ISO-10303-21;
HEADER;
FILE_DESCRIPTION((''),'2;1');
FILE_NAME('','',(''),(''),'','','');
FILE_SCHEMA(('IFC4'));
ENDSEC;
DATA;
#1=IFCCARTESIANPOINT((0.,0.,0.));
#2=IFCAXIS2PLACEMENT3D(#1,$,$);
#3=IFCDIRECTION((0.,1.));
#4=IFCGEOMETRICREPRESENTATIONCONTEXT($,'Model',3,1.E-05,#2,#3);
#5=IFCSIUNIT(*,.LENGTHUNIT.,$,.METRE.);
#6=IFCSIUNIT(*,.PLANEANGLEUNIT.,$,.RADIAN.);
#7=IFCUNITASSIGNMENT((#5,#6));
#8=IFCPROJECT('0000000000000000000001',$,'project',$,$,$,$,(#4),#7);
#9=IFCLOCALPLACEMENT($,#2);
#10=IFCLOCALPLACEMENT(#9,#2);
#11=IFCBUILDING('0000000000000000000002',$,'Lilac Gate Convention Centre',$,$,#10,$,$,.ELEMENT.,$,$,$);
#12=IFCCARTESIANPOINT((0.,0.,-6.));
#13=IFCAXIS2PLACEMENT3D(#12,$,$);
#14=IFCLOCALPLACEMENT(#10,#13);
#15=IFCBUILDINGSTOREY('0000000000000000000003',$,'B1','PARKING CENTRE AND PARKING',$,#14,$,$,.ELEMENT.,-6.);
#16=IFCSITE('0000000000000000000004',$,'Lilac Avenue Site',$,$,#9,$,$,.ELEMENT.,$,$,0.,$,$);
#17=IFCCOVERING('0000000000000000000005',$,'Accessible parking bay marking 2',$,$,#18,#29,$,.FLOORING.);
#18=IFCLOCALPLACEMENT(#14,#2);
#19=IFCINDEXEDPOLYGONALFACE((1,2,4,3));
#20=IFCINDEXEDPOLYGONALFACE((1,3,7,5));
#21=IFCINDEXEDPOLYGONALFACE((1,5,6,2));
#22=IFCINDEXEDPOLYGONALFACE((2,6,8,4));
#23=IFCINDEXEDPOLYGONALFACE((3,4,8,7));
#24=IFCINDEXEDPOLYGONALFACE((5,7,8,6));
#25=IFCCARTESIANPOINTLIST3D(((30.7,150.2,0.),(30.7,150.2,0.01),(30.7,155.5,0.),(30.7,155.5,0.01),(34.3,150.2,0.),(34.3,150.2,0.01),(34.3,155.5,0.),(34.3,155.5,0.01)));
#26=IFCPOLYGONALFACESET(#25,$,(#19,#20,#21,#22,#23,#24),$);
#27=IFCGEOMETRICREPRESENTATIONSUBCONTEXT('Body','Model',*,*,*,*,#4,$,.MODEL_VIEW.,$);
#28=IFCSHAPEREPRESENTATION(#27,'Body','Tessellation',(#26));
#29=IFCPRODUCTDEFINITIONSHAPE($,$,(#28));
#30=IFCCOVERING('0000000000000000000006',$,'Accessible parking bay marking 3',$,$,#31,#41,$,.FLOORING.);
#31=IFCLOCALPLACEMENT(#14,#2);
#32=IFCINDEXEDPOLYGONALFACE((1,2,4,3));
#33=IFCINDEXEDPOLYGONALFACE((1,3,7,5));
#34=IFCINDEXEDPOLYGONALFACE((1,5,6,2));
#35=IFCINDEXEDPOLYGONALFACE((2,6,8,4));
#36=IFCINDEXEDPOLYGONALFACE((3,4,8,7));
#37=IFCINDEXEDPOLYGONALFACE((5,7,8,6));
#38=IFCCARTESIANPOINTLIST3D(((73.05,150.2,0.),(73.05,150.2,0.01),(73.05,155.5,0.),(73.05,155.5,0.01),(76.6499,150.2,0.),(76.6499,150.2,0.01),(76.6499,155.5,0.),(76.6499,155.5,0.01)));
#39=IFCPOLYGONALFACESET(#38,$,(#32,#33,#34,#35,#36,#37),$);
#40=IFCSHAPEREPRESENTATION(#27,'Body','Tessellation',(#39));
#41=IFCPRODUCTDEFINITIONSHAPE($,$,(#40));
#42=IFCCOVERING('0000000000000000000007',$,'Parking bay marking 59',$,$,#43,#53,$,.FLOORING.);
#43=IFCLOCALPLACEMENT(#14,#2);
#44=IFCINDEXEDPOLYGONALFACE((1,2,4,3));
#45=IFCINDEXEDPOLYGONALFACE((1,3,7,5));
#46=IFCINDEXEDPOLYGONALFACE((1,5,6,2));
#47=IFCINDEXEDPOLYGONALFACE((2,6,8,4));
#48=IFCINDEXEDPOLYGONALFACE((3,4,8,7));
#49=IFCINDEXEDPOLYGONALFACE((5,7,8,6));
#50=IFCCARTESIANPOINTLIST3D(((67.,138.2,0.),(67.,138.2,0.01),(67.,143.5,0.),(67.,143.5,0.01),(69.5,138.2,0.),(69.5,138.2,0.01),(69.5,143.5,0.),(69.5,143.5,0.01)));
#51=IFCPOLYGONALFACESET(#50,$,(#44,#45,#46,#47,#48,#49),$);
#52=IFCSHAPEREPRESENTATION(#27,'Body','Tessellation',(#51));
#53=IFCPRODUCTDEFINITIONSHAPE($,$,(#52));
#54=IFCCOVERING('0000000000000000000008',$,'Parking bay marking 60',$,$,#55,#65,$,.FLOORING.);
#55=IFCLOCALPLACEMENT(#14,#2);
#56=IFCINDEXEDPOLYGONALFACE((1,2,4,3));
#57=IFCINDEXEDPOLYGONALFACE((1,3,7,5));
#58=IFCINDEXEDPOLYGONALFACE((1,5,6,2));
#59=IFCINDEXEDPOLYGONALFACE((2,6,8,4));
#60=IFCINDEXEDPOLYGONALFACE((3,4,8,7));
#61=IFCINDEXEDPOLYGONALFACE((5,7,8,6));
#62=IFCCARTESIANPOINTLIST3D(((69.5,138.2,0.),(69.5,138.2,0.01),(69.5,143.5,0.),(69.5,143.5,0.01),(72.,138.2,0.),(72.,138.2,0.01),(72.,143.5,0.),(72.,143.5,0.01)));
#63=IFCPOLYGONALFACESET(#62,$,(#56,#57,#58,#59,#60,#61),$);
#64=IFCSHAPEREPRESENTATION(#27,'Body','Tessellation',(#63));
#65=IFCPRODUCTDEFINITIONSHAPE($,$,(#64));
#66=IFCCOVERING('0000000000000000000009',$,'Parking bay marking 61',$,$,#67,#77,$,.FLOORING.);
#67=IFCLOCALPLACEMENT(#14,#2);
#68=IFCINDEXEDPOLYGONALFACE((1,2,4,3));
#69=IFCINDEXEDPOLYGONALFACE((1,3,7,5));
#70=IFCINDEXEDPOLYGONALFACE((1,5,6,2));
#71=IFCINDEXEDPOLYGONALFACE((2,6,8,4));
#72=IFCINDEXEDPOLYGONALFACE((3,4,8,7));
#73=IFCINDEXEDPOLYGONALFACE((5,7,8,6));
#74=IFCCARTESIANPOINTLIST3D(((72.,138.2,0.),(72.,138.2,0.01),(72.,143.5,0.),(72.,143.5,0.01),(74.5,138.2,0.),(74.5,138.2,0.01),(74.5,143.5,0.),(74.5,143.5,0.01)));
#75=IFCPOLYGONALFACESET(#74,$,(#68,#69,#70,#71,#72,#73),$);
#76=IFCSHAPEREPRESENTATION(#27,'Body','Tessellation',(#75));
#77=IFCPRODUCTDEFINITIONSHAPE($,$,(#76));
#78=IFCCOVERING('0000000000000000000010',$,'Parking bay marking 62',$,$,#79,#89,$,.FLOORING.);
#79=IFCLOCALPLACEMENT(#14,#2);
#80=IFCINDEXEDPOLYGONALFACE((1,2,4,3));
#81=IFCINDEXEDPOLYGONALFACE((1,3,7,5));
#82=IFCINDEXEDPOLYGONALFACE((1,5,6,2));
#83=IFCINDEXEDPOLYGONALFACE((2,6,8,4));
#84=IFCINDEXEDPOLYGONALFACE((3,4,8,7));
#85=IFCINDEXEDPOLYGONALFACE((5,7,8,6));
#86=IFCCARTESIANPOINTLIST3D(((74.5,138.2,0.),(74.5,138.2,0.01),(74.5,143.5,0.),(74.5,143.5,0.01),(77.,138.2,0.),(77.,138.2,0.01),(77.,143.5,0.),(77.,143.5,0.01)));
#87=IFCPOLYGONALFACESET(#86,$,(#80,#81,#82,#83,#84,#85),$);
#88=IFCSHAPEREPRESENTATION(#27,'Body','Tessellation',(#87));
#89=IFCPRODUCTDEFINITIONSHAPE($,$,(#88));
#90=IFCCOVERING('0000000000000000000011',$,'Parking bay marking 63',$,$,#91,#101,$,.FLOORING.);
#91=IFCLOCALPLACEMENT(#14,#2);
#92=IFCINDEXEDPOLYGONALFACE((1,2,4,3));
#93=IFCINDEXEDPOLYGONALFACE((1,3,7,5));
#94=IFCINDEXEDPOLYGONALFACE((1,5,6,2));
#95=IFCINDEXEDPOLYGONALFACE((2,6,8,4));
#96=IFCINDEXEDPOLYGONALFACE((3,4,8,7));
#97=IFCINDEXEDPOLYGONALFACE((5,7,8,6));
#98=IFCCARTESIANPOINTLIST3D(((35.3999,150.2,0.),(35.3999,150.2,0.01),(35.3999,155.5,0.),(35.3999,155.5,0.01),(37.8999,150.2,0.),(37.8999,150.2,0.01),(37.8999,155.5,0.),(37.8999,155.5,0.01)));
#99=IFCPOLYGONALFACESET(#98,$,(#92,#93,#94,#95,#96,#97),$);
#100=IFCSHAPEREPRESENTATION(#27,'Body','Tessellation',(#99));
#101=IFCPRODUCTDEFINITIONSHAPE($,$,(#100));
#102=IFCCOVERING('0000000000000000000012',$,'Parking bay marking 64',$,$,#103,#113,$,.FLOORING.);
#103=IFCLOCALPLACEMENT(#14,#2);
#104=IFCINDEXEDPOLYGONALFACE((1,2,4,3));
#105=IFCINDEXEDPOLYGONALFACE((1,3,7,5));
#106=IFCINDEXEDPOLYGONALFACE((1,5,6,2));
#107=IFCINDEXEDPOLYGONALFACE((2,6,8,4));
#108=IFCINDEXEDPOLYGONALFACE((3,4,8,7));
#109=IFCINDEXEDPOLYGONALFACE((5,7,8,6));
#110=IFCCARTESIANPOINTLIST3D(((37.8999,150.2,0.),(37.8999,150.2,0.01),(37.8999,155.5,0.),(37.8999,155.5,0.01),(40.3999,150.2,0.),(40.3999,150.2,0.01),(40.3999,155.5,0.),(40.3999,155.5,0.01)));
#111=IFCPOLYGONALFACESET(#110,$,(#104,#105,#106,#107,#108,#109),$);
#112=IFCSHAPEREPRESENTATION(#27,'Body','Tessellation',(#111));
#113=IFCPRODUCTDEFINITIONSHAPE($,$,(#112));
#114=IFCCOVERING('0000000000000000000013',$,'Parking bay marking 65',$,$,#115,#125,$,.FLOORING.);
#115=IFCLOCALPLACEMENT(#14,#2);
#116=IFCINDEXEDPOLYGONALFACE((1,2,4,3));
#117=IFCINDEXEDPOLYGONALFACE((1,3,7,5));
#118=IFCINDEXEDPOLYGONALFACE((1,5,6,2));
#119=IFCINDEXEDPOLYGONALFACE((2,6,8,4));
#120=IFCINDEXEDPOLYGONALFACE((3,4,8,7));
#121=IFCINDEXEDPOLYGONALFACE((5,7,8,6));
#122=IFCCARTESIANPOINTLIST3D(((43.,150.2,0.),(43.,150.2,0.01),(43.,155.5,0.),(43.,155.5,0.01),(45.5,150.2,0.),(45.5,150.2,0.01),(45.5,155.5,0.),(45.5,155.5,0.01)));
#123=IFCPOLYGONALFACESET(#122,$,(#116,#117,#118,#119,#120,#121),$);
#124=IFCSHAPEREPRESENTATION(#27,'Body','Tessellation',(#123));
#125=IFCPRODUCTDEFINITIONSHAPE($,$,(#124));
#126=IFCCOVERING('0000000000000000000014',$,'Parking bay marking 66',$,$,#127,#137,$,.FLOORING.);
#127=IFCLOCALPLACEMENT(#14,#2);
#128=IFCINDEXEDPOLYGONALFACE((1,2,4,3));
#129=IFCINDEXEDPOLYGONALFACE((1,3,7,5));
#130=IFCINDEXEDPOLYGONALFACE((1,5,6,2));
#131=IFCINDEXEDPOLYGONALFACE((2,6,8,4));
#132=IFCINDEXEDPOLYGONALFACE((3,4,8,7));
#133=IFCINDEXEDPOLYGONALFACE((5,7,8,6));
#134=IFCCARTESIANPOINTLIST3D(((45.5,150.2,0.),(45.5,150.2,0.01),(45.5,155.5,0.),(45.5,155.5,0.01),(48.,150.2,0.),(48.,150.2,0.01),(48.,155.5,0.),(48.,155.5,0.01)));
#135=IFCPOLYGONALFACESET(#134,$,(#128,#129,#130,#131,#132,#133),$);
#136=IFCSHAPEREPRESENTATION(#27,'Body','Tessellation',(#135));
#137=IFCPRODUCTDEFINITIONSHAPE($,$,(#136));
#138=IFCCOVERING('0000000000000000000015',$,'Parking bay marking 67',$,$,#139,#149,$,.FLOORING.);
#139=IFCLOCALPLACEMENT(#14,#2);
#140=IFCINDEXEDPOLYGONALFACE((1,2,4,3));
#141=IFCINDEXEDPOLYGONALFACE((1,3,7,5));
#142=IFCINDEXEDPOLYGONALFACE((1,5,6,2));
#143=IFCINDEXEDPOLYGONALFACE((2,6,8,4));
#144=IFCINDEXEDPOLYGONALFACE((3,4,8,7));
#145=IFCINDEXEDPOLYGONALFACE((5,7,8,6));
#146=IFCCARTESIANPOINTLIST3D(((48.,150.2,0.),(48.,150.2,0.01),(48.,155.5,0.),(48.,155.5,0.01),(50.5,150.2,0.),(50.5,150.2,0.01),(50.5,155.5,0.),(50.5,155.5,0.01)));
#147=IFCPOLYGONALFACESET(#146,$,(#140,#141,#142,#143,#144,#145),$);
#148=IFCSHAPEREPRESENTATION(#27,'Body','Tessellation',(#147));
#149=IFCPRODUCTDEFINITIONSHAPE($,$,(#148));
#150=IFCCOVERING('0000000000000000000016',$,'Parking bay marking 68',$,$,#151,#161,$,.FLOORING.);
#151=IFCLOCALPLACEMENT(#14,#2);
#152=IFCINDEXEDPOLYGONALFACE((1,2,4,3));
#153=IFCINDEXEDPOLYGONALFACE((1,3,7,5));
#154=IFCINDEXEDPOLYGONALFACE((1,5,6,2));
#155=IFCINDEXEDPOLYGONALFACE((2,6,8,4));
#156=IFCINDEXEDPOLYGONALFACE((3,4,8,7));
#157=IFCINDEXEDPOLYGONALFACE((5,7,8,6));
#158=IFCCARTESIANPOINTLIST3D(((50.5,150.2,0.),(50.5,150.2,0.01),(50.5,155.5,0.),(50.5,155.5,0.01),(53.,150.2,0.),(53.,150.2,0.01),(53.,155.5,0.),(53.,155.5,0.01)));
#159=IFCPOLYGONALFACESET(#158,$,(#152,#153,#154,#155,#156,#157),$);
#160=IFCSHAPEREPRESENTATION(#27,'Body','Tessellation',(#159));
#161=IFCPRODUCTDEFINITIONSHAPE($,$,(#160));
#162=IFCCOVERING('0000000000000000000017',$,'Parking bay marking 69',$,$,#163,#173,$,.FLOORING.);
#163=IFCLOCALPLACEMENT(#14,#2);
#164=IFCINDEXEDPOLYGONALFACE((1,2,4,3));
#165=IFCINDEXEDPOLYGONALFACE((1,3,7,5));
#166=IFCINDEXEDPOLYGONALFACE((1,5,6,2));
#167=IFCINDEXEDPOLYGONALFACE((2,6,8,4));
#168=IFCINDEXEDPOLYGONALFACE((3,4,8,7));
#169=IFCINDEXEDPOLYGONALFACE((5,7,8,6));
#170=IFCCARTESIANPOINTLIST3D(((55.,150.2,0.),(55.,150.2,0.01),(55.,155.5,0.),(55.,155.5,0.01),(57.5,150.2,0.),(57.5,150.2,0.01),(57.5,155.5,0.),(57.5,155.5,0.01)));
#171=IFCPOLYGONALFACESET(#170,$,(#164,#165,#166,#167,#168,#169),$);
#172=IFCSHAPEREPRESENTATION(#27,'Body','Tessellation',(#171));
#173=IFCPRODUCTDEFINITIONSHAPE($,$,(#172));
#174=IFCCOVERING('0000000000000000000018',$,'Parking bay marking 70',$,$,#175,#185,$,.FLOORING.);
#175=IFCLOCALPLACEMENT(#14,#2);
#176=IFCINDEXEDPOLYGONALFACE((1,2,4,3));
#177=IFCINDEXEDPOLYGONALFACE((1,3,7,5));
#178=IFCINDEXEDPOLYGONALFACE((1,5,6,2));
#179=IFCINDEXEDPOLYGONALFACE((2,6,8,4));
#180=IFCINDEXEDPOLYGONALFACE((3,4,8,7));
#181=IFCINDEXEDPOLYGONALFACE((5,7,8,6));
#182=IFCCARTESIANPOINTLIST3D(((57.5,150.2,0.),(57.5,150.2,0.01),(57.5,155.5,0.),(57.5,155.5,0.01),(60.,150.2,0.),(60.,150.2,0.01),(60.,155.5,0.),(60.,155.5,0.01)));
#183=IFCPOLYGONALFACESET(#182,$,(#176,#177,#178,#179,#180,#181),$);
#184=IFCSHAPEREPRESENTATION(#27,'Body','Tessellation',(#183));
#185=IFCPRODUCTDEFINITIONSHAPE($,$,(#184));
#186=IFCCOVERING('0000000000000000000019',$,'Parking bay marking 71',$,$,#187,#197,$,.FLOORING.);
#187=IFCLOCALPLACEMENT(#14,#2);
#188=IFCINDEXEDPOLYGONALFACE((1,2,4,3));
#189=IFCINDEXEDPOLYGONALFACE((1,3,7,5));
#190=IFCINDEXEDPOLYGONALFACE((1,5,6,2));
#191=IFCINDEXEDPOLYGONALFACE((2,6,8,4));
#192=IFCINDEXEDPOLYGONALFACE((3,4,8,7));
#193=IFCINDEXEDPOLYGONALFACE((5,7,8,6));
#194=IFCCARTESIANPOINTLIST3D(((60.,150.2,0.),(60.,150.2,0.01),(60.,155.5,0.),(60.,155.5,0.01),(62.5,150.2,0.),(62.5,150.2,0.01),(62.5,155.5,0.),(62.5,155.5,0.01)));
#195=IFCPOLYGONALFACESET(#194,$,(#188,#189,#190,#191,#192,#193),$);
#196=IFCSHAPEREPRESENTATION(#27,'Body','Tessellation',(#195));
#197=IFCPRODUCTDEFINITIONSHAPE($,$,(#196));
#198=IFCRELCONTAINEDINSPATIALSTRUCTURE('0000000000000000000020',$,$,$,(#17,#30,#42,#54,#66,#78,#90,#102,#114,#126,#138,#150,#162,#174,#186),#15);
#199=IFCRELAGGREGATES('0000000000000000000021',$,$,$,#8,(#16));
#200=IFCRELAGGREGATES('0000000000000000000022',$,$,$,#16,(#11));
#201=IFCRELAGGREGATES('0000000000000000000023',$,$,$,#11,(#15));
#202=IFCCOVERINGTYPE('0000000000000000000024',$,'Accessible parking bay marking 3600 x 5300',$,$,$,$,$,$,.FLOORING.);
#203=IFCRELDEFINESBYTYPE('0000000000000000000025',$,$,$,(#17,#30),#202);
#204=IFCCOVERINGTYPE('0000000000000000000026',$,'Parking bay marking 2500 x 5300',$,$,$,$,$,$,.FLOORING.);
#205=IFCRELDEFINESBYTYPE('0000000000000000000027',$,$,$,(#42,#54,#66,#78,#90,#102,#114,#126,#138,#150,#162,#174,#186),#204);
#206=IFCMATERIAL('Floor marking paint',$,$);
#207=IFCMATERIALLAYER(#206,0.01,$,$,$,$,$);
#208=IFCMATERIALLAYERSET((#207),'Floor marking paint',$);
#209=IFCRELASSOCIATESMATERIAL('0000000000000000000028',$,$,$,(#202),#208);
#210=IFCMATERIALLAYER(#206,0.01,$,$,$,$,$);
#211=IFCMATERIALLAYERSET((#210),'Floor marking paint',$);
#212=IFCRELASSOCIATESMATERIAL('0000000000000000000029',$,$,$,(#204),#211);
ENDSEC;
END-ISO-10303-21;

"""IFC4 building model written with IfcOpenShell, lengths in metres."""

from ifc_helpers import new_model, si_unit, direction, frame, origin, place, context, subcontext, project, spatial, polyline, outline, extrude, material, layer, layer_set, type_object, element, save


model = new_model("IFC4")

# Units and contexts
model_context = context("Model", 3, precision=1e-05, world=origin(), true_north=direction((0.0, 1.0)))
body_context = subcontext(model_context, "Body", "Model", "MODEL_VIEW")
ifc_project = project(units=[si_unit("LENGTHUNIT", "METRE"), si_unit("PLANEANGLEUNIT", "RADIAN")], contexts=[model_context])

# Site, building, storey
site_placement = place(None, origin())
site = spatial("IfcSite", under=ifc_project, at=site_placement, Name="Lilac Avenue Site", CompositionType="ELEMENT", RefElevation=0.0)
building_placement = place(site_placement, origin())
building = spatial("IfcBuilding", under=site, at=building_placement, Name="Lilac Gate Convention Centre", CompositionType="ELEMENT")
storey_placement = place(building_placement, frame((0.0, 0.0, -6.0)))
storey = spatial("IfcBuildingStorey", under=building, at=storey_placement, Name="B1", Description="PARKING CENTRE AND PARKING", CompositionType="ELEMENT", Elevation=-6.0)

# Coverings
ifc_material = material(Name="Floor marking paint")
ifc_layer_1 = layer(ifc_material, 0.01)
ifc_layer_set_1 = layer_set([ifc_layer_1], Name="Floor marking paint")
covering_type_1 = type_object("IfcCoveringType", Name="Accessible parking bay marking 3600 x 5300", PredefinedType="FLOORING", material=ifc_layer_set_1)
covering_1_placement = place(storey_placement, origin())
element("IfcCovering", 1, at=covering_1_placement, inside=storey, type_object=covering_type_1, Name="Accessible parking bay marking 2", PredefinedType="FLOORING", context=body_context, shape_type="SweptSolid", body=[
    extrude(outline(polyline([(30.7, 150.2), (34.3, 150.2), (34.3, 155.5), (30.7, 155.5), (30.7, 150.2)])), origin(), (0.0, 0.0, 1.0), 0.01),
])
covering_2_placement = place(storey_placement, origin())
element("IfcCovering", 2, at=covering_2_placement, inside=storey, type_object=covering_type_1, Name="Accessible parking bay marking 3", PredefinedType="FLOORING", context=body_context, shape_type="SweptSolid", body=[
    extrude(outline(polyline([(73.05, 150.2), (76.6499, 150.2), (76.6499, 155.5), (73.05, 155.5), (73.05, 150.2)])), origin(), (0.0, 0.0, 1.0), 0.01),
])
ifc_layer_2 = layer(ifc_material, 0.01)
ifc_layer_set_2 = layer_set([ifc_layer_2], Name="Floor marking paint")
covering_type_2 = type_object("IfcCoveringType", Name="Parking bay marking 2500 x 5300", PredefinedType="FLOORING", material=ifc_layer_set_2)
covering_3_placement = place(storey_placement, origin())
element("IfcCovering", 3, at=covering_3_placement, inside=storey, type_object=covering_type_2, Name="Parking bay marking 59", PredefinedType="FLOORING", context=body_context, shape_type="SweptSolid", body=[
    extrude(outline(polyline([(67.0, 138.2), (69.5, 138.2), (69.5, 143.5), (67.0, 143.5), (67.0, 138.2)])), origin(), (0.0, 0.0, 1.0), 0.01),
])
covering_4_placement = place(storey_placement, origin())
element("IfcCovering", 4, at=covering_4_placement, inside=storey, type_object=covering_type_2, Name="Parking bay marking 60", PredefinedType="FLOORING", context=body_context, shape_type="SweptSolid", body=[
    extrude(outline(polyline([(69.5, 138.2), (72.0, 138.2), (72.0, 143.5), (69.5, 143.5), (69.5, 138.2)])), origin(), (0.0, 0.0, 1.0), 0.01),
])
covering_5_placement = place(storey_placement, origin())
element("IfcCovering", 5, at=covering_5_placement, inside=storey, type_object=covering_type_2, Name="Parking bay marking 61", PredefinedType="FLOORING", context=body_context, shape_type="SweptSolid", body=[
    extrude(outline(polyline([(72.0, 138.2), (74.5, 138.2), (74.5, 143.5), (72.0, 143.5), (72.0, 138.2)])), origin(), (0.0, 0.0, 1.0), 0.01),
])
covering_6_placement = place(storey_placement, origin())
element("IfcCovering", 6, at=covering_6_placement, inside=storey, type_object=covering_type_2, Name="Parking bay marking 62", PredefinedType="FLOORING", context=body_context, shape_type="SweptSolid", body=[
    extrude(outline(polyline([(74.5, 138.2), (77.0, 138.2), (77.0, 143.5), (74.5, 143.5), (74.5, 138.2)])), origin(), (0.0, 0.0, 1.0), 0.01),
])
covering_7_placement = place(storey_placement, origin())
element("IfcCovering", 7, at=covering_7_placement, inside=storey, type_object=covering_type_2, Name="Parking bay marking 63", PredefinedType="FLOORING", context=body_context, shape_type="SweptSolid", body=[
    extrude(outline(polyline([(35.3999, 150.2), (37.8999, 150.2), (37.8999, 155.5), (35.3999, 155.5), (35.3999, 150.2)])), origin(), (0.0, 0.0, 1.0), 0.01),
])
covering_8_placement = place(storey_placement, origin())
element("IfcCovering", 8, at=covering_8_placement, inside=storey, type_object=covering_type_2, Name="Parking bay marking 64", PredefinedType="FLOORING", context=body_context, shape_type="SweptSolid", body=[
    extrude(outline(polyline([(37.8999, 150.2), (40.3999, 150.2), (40.3999, 155.5), (37.8999, 155.5), (37.8999, 150.2)])), origin(), (0.0, 0.0, 1.0), 0.01),
])
covering_9_placement = place(storey_placement, origin())
element("IfcCovering", 9, at=covering_9_placement, inside=storey, type_object=covering_type_2, Name="Parking bay marking 65", PredefinedType="FLOORING", context=body_context, shape_type="SweptSolid", body=[
    extrude(outline(polyline([(43.0, 150.2), (45.5, 150.2), (45.5, 155.5), (43.0, 155.5), (43.0, 150.2)])), origin(), (0.0, 0.0, 1.0), 0.01),
])
covering_10_placement = place(storey_placement, origin())
element("IfcCovering", 10, at=covering_10_placement, inside=storey, type_object=covering_type_2, Name="Parking bay marking 66", PredefinedType="FLOORING", context=body_context, shape_type="SweptSolid", body=[
    extrude(outline(polyline([(45.5, 150.2), (48.0, 150.2), (48.0, 155.5), (45.5, 155.5), (45.5, 150.2)])), origin(), (0.0, 0.0, 1.0), 0.01),
])
covering_11_placement = place(storey_placement, origin())
element("IfcCovering", 11, at=covering_11_placement, inside=storey, type_object=covering_type_2, Name="Parking bay marking 67", PredefinedType="FLOORING", context=body_context, shape_type="SweptSolid", body=[
    extrude(outline(polyline([(48.0, 150.2), (50.5, 150.2), (50.5, 155.5), (48.0, 155.5), (48.0, 150.2)])), origin(), (0.0, 0.0, 1.0), 0.01),
])
covering_12_placement = place(storey_placement, origin())
element("IfcCovering", 12, at=covering_12_placement, inside=storey, type_object=covering_type_2, Name="Parking bay marking 68", PredefinedType="FLOORING", context=body_context, shape_type="SweptSolid", body=[
    extrude(outline(polyline([(50.5, 150.2), (53.0, 150.2), (53.0, 155.5), (50.5, 155.5), (50.5, 150.2)])), origin(), (0.0, 0.0, 1.0), 0.01),
])
covering_13_placement = place(storey_placement, origin())
element("IfcCovering", 13, at=covering_13_placement, inside=storey, type_object=covering_type_2, Name="Parking bay marking 69", PredefinedType="FLOORING", context=body_context, shape_type="SweptSolid", body=[
    extrude(outline(polyline([(55.0, 150.2), (57.5, 150.2), (57.5, 155.5), (55.0, 155.5), (55.0, 150.2)])), origin(), (0.0, 0.0, 1.0), 0.01),
])
covering_14_placement = place(storey_placement, origin())
element("IfcCovering", 14, at=covering_14_placement, inside=storey, type_object=covering_type_2, Name="Parking bay marking 70", PredefinedType="FLOORING", context=body_context, shape_type="SweptSolid", body=[
    extrude(outline(polyline([(57.5, 150.2), (60.0, 150.2), (60.0, 155.5), (57.5, 155.5), (57.5, 150.2)])), origin(), (0.0, 0.0, 1.0), 0.01),
])
covering_15_placement = place(storey_placement, origin())
element("IfcCovering", 15, at=covering_15_placement, inside=storey, type_object=covering_type_2, Name="Parking bay marking 71", PredefinedType="FLOORING", context=body_context, shape_type="SweptSolid", body=[
    extrude(outline(polyline([(60.0, 150.2), (62.5, 150.2), (62.5, 155.5), (60.0, 155.5), (60.0, 150.2)])), origin(), (0.0, 0.0, 1.0), 0.01),
])

save(model, "model.ifc")
